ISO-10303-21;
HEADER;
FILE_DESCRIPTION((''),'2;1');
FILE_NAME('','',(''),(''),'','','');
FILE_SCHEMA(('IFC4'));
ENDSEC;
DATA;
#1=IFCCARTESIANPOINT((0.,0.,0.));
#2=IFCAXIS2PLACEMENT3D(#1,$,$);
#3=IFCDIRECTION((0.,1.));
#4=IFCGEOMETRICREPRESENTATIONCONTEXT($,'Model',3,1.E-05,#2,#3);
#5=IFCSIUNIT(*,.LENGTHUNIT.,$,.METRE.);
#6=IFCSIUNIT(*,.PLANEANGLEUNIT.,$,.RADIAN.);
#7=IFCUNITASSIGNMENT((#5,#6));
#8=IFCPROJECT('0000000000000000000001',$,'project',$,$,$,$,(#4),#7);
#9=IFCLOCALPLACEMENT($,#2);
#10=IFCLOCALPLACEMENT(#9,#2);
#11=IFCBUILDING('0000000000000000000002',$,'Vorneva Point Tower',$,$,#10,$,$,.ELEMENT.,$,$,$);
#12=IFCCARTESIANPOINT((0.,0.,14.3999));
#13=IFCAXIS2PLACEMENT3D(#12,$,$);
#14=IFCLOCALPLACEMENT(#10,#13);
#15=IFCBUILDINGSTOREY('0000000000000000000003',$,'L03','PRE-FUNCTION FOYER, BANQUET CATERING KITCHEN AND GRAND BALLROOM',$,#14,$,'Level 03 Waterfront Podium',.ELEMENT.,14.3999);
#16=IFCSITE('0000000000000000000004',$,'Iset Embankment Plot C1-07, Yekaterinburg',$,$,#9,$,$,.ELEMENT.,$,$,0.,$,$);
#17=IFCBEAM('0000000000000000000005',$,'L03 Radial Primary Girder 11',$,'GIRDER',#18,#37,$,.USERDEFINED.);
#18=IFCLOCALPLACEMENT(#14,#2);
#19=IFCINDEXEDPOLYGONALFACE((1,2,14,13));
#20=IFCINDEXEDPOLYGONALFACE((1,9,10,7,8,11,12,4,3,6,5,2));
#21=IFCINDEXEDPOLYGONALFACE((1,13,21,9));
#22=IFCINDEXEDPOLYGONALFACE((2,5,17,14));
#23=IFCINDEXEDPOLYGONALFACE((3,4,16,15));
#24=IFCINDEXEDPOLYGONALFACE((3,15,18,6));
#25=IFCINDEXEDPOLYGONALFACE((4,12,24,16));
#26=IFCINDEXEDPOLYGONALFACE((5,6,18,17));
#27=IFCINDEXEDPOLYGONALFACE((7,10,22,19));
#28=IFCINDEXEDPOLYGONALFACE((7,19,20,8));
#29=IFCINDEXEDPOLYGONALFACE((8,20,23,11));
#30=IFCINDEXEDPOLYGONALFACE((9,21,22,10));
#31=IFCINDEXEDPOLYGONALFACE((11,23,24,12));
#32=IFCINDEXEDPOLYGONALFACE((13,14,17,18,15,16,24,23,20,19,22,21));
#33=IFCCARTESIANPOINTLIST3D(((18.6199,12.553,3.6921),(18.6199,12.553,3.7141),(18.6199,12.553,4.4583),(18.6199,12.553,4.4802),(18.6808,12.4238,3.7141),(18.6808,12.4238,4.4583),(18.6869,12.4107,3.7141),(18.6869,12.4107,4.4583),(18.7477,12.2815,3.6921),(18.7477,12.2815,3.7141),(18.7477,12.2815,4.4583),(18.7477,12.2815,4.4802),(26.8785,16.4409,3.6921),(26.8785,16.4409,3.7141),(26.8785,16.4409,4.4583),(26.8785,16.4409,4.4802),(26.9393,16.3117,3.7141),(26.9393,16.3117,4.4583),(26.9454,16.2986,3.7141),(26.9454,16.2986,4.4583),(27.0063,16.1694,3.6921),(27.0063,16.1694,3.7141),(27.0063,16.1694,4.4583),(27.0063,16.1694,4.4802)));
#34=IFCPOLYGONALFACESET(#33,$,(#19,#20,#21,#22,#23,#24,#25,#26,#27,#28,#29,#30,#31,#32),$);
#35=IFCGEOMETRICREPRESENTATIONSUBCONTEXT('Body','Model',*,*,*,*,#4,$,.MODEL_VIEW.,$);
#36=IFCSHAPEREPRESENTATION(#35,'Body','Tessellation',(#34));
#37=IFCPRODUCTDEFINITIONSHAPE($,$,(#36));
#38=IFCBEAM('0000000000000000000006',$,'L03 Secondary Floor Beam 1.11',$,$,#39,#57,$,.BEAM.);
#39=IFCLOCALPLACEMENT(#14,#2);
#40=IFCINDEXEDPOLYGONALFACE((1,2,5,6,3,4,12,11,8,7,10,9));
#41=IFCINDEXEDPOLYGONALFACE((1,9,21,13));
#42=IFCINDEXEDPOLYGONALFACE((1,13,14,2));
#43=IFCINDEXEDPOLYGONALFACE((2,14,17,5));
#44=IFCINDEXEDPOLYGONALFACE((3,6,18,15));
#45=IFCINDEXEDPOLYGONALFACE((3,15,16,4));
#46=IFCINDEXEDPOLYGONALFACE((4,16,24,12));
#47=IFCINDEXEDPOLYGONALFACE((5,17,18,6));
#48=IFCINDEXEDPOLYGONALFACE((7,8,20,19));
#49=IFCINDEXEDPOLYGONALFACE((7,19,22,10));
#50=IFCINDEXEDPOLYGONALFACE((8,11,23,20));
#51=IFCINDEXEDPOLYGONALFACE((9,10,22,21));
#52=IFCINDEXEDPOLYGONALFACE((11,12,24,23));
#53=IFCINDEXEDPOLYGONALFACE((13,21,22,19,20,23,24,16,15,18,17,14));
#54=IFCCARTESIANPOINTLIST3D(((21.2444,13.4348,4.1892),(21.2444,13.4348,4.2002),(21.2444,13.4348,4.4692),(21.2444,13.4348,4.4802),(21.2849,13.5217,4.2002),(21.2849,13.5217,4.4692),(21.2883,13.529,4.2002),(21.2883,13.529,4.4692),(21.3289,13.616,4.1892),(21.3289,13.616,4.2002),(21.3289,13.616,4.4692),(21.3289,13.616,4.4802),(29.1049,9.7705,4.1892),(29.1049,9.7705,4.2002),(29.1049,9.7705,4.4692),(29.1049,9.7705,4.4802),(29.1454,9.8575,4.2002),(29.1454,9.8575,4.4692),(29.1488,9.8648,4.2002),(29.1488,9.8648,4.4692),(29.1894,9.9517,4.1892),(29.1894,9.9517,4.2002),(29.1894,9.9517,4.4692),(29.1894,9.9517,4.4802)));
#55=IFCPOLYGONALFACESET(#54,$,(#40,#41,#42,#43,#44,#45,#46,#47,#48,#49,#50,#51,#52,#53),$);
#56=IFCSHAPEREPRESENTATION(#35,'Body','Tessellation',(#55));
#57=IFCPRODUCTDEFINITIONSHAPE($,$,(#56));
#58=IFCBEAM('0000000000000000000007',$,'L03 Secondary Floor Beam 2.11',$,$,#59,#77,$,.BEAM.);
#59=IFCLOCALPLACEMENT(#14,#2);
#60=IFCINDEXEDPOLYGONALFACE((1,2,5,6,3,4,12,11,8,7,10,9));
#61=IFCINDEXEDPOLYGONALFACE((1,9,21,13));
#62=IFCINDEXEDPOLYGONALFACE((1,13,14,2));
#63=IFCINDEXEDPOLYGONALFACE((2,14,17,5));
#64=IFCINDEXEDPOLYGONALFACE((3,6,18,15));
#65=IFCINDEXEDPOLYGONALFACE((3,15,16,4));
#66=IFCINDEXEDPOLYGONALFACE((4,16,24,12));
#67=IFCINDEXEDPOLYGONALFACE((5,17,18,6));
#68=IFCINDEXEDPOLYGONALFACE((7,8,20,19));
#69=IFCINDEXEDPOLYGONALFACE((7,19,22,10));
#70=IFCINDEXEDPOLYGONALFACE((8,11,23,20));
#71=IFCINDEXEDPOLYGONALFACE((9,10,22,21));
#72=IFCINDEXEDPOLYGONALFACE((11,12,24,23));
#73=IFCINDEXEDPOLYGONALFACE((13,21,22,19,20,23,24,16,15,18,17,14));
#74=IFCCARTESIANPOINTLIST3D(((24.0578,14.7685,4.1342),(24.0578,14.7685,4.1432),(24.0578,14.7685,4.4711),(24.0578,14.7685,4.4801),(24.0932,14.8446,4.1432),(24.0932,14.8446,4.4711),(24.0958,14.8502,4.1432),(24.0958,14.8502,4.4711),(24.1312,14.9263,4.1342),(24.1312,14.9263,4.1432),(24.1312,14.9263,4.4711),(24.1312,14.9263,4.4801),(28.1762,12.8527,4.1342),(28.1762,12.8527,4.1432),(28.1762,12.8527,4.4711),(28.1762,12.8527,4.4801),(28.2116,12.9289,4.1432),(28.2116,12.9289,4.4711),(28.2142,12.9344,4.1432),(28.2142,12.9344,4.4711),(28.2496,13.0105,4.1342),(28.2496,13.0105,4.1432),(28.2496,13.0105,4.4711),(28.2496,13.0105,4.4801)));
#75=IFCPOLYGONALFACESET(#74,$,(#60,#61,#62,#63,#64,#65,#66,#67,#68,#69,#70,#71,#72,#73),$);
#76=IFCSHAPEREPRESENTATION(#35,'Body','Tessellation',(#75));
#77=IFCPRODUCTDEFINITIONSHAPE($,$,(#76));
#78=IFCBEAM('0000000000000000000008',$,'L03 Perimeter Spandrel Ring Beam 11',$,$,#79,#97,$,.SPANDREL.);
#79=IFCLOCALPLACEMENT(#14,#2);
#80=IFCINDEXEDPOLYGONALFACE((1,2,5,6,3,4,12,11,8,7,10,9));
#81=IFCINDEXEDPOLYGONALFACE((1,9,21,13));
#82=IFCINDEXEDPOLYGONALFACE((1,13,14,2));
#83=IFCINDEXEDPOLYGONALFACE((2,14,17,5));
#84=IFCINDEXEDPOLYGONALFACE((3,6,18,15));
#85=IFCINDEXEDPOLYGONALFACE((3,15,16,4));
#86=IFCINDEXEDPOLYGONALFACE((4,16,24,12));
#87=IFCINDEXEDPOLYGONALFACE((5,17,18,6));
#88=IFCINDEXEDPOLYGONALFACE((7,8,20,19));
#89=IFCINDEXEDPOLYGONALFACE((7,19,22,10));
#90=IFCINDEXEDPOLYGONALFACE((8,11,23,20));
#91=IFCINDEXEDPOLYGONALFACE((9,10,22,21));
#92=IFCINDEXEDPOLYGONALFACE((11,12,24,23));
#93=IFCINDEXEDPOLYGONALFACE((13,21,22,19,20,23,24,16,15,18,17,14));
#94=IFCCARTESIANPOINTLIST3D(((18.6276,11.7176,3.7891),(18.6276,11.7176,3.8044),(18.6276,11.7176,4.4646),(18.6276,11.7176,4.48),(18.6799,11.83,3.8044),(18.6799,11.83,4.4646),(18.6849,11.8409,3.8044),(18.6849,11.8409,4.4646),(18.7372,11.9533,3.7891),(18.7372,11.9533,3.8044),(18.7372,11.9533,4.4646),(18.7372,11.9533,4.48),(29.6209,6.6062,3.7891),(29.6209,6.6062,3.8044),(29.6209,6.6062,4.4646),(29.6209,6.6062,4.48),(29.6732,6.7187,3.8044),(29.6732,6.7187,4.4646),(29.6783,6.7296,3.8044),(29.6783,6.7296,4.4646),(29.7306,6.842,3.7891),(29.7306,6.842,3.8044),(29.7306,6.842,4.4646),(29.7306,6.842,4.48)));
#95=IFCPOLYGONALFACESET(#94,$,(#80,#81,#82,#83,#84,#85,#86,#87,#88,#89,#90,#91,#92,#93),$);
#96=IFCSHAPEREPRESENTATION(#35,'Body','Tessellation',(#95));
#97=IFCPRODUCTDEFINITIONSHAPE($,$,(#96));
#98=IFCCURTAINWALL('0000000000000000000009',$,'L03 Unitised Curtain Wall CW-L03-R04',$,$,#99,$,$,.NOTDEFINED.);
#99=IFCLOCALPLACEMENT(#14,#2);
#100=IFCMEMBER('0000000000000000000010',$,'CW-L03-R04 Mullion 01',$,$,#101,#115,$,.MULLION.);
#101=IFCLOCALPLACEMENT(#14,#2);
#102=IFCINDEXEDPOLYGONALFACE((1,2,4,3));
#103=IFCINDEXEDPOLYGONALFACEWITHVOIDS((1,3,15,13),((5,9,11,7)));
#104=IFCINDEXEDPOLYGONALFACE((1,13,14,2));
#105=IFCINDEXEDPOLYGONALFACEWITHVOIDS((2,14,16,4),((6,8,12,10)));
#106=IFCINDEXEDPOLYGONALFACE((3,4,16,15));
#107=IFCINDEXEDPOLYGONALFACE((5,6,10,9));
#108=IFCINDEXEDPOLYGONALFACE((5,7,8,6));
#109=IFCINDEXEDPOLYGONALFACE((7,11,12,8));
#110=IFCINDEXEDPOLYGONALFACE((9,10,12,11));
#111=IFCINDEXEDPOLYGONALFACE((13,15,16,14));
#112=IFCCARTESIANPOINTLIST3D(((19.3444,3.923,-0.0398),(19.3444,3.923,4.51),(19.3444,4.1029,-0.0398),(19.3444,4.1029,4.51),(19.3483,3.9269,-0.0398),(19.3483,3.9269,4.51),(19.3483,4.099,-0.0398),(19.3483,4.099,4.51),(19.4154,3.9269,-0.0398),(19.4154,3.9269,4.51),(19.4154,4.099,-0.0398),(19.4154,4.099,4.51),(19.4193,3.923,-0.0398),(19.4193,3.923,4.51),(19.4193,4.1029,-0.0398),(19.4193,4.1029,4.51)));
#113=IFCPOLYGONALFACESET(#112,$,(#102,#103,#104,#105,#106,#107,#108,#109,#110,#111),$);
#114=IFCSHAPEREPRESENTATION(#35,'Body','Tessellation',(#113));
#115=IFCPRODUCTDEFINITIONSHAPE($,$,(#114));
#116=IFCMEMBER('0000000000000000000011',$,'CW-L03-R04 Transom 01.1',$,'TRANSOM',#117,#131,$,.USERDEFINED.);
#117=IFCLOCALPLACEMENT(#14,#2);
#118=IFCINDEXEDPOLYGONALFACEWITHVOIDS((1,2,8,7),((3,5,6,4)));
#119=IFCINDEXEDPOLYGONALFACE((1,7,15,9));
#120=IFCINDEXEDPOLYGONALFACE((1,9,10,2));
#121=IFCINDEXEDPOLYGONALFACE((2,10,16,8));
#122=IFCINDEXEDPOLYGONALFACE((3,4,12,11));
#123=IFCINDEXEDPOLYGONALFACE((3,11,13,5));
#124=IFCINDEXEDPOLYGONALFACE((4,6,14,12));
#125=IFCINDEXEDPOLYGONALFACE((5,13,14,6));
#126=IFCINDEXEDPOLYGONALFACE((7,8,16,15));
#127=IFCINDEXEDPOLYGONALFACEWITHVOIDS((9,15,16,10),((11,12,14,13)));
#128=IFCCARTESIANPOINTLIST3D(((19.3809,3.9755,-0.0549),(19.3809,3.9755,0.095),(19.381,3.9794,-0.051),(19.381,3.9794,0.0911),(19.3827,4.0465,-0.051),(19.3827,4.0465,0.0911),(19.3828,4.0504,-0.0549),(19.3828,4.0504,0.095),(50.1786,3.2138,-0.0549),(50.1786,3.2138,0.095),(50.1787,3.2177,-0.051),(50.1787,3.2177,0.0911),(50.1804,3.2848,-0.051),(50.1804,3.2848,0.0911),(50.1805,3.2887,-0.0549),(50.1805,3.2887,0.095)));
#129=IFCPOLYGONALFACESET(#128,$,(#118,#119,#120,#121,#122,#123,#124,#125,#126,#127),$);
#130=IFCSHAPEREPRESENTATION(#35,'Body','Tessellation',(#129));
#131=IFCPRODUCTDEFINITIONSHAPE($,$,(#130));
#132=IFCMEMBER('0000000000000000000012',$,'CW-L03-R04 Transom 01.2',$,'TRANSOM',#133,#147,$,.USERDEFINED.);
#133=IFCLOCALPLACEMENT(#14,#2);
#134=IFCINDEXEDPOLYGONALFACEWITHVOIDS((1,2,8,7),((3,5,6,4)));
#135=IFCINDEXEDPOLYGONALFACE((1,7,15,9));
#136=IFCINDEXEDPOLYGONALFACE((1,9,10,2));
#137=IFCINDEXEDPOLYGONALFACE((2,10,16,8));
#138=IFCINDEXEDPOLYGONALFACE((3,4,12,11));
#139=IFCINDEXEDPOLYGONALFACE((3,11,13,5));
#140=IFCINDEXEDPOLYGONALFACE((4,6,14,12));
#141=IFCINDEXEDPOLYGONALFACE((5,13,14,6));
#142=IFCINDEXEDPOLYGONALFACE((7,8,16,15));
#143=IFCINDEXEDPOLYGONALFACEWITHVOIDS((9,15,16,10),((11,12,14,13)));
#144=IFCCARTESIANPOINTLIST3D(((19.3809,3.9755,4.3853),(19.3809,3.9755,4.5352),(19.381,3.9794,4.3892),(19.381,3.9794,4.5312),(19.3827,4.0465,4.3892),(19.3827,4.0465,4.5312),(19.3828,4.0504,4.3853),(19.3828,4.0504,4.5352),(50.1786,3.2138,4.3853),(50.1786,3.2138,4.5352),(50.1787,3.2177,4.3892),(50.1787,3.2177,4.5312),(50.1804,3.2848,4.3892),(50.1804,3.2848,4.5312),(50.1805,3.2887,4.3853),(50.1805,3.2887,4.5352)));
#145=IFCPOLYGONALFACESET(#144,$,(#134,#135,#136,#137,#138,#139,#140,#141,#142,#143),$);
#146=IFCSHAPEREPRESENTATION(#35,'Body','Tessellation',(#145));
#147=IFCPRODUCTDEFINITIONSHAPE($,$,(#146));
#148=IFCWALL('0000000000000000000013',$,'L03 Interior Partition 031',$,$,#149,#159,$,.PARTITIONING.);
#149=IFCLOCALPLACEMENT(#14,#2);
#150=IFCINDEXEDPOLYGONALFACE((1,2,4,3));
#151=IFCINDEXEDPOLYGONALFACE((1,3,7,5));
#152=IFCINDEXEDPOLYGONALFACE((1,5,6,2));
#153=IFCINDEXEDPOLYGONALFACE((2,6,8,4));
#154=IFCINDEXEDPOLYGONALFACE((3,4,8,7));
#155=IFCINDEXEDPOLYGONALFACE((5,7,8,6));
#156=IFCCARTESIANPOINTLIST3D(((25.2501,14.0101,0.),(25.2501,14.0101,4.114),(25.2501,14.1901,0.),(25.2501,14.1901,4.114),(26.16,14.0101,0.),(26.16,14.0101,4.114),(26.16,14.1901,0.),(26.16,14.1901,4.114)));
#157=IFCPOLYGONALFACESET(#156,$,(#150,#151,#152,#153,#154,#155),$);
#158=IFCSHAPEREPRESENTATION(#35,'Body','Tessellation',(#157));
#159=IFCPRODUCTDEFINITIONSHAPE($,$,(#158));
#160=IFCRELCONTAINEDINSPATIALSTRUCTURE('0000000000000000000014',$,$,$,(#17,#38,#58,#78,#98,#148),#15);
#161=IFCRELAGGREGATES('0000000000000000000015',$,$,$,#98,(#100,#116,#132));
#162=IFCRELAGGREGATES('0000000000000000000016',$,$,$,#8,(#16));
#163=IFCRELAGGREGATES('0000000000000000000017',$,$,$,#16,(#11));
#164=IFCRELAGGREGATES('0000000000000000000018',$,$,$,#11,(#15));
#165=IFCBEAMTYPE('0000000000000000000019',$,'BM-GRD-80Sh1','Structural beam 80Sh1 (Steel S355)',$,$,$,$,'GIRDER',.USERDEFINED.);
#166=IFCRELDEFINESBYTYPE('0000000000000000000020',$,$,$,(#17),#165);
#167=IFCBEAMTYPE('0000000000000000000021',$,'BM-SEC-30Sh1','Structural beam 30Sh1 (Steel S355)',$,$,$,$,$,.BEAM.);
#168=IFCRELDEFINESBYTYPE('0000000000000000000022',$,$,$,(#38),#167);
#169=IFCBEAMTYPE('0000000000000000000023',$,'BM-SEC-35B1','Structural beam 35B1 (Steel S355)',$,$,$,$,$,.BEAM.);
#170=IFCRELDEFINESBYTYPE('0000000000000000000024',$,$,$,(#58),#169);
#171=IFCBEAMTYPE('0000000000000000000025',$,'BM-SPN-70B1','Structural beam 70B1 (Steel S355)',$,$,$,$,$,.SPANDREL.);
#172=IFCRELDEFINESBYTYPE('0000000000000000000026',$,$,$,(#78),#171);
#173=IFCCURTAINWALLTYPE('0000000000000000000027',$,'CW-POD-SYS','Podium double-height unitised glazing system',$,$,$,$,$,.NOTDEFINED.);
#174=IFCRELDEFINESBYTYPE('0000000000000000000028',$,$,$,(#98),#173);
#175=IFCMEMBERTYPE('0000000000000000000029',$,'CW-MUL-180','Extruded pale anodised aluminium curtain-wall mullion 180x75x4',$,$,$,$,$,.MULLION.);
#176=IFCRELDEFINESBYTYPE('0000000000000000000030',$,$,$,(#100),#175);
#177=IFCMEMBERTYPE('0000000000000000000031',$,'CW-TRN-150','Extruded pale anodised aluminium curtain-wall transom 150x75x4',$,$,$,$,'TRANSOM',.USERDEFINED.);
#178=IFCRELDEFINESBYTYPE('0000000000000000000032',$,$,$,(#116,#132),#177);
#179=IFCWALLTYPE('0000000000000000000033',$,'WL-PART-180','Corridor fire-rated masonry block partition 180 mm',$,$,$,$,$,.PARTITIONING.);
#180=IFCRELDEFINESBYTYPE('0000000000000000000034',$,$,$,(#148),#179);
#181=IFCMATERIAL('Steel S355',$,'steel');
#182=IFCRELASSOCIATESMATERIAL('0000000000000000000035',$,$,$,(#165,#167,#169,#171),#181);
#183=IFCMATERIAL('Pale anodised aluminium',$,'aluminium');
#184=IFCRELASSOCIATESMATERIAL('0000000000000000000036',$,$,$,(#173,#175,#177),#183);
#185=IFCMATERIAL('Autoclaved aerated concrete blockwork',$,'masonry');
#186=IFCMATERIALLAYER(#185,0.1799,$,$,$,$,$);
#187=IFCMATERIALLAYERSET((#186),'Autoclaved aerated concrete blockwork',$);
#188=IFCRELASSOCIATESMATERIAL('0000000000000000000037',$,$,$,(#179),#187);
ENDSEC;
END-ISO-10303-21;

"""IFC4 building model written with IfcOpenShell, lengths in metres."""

from ifc_helpers import new_model, si_unit, direction, frame, frame_2d, origin, origin_2d, place, context, subcontext, project, spatial, rectangle, hollow_rectangle, i_section, extrude, material, layer, layer_set, material_profile, profile_set, type_object, element, aggregate, save


model = new_model("IFC4")

# Units and contexts
model_context = context("Model", 3, precision=1e-05, world=origin(), true_north=direction((0.0, 1.0)))
body_context = subcontext(model_context, "Body", "Model", "MODEL_VIEW")
ifc_project = project(units=[si_unit("LENGTHUNIT", "METRE"), si_unit("PLANEANGLEUNIT", "RADIAN")], contexts=[model_context])

# Site, building, storey
site_placement = place(None, origin())
site = spatial("IfcSite", under=ifc_project, at=site_placement, Name="Iset Embankment Plot C1-07, Yekaterinburg", CompositionType="ELEMENT", RefElevation=0.0)
building_placement = place(site_placement, origin())
building = spatial("IfcBuilding", under=site, at=building_placement, Name="Vorneva Point Tower", CompositionType="ELEMENT")
storey_placement = place(building_placement, frame((0.0, 0.0, 14.3999)))
storey = spatial("IfcBuildingStorey", under=building, at=storey_placement, Name="L03", Description="PRE-FUNCTION FOYER, BANQUET CATERING KITCHEN AND GRAND BALLROOM", LongName="Level 03 Waterfront Podium", CompositionType="ELEMENT", Elevation=14.3999)

# Beams
ifc_material_1 = material(Name="Steel S355", Category="steel")
ifc_material_profile_1 = material_profile(ifc_material_1, i_section(OverallWidth=0.3, OverallDepth=0.7881, WebThickness=0.0144, FlangeThickness=0.022, at=origin_2d()), Name="80Sh1")
ifc_profile_set_1 = profile_set([ifc_material_profile_1], Name="Steel S355")
beam_type_1 = type_object("IfcBeamType", Name="BM-GRD-80Sh1", Description="Structural beam 80Sh1 (Steel S355)", ElementType="GIRDER", PredefinedType="USERDEFINED", material=ifc_profile_set_1)
beam_1_placement = place(storey_placement, frame((18.6838, 12.4172, 4.0862), z_axis=(0.904753, 0.425937, 0.0), x_axis=(-0.425937, 0.904753, 0.0)))
element("IfcBeam", 1, at=beam_1_placement, inside=storey, type_object=beam_type_1, Name="L03 Radial Primary Girder 11", ObjectType="GIRDER", PredefinedType="USERDEFINED", context=body_context, shape_type="SweptSolid", body=[
    extrude(i_section(OverallWidth=0.3, OverallDepth=0.7881, WebThickness=0.0144, FlangeThickness=0.022, at=origin_2d()), origin(), (0.0, 0.0, 1.0), 9.1279),
])
ifc_material_profile_2 = material_profile(ifc_material_1, i_section(OverallWidth=0.2, OverallDepth=0.291, WebThickness=0.0081, FlangeThickness=0.011, at=origin_2d()), Name="30Sh1")
ifc_profile_set_2 = profile_set([ifc_material_profile_2], Name="Steel S355")
beam_type_2 = type_object("IfcBeamType", Name="BM-SEC-30Sh1", Description="Structural beam 30Sh1 (Steel S355)", PredefinedType="BEAM", material=ifc_profile_set_2)
beam_2_placement = place(storey_placement, frame((21.2866, 13.5254, 4.3347), z_axis=(0.906359, -0.422509, 0.0), x_axis=(0.422509, 0.906359, 0.0)))
element("IfcBeam", 2, at=beam_2_placement, inside=storey, type_object=beam_type_2, Name="L03 Secondary Floor Beam 1.11", PredefinedType="BEAM", context=body_context, shape_type="SweptSolid", body=[
    extrude(i_section(OverallWidth=0.2, OverallDepth=0.291, WebThickness=0.0081, FlangeThickness=0.011, at=origin_2d()), origin(), (0.0, 0.0, 1.0), 8.6726),
])
ifc_material_profile_3 = material_profile(ifc_material_1, i_section(OverallWidth=0.1741, OverallDepth=0.3459, WebThickness=0.0061, FlangeThickness=0.009, at=origin_2d()), Name="35B1")
ifc_profile_set_3 = profile_set([ifc_material_profile_3], Name="Steel S355")
beam_type_3 = type_object("IfcBeamType", Name="BM-SEC-35B1", Description="Structural beam 35B1 (Steel S355)", PredefinedType="BEAM", material=ifc_profile_set_3)
beam_3_placement = place(storey_placement, frame((24.0945, 14.8474, 4.3071), z_axis=(0.906702, -0.421773, 0.0), x_axis=(0.421773, 0.906702, 0.0)))
element("IfcBeam", 3, at=beam_3_placement, inside=storey, type_object=beam_type_3, Name="L03 Secondary Floor Beam 2.11", PredefinedType="BEAM", context=body_context, shape_type="SweptSolid", body=[
    extrude(i_section(OverallWidth=0.1741, OverallDepth=0.3459, WebThickness=0.0061, FlangeThickness=0.009, at=origin_2d()), origin(), (0.0, 0.0, 1.0), 4.5422),
])
ifc_material_profile_4 = material_profile(ifc_material_1, i_section(OverallWidth=0.26, OverallDepth=0.6909, WebThickness=0.012, FlangeThickness=0.0154, at=origin_2d()), Name="70B1")
ifc_profile_set_4 = profile_set([ifc_material_profile_4], Name="Steel S355")
beam_type_4 = type_object("IfcBeamType", Name="BM-SPN-70B1", Description="Structural beam 70B1 (Steel S355)", PredefinedType="SPANDREL", material=ifc_profile_set_4)
beam_4_placement = place(storey_placement, frame((18.6824, 11.8354, 4.1345), z_axis=(0.906781, -0.421603, 0.0), x_axis=(0.421603, 0.906781, 0.0)))
element("IfcBeam", 4, at=beam_4_placement, inside=storey, type_object=beam_type_4, Name="L03 Perimeter Spandrel Ring Beam 11", PredefinedType="SPANDREL", context=body_context, shape_type="SweptSolid", body=[
    extrude(i_section(OverallWidth=0.26, OverallDepth=0.6909, WebThickness=0.012, FlangeThickness=0.0154, at=origin_2d()), origin(), (0.0, 0.0, 1.0), 12.1235),
])

# Curtain wall, members
ifc_material_2 = material(Name="Pale anodised aluminium", Category="aluminium")
curtain_wall_type = type_object("IfcCurtainWallType", Name="CW-POD-SYS", Description="Podium double-height unitised glazing system", PredefinedType="NOTDEFINED", material=ifc_material_2)
curtain_wall_placement = place(storey_placement, origin())
curtain_wall = element("IfcCurtainWall", 5, at=curtain_wall_placement, inside=storey, type_object=curtain_wall_type, Name="L03 Unitised Curtain Wall CW-L03-R04", PredefinedType="NOTDEFINED")
ifc_material_profile_5 = material_profile(ifc_material_2, hollow_rectangle(XDim=0.075, YDim=0.1799, WallThickness=0.0039, at=origin_2d()), Name="AL-MUL 180x75x4")
ifc_profile_set_5 = profile_set([ifc_material_profile_5], Name="Pale anodised aluminium")
member_type_1 = type_object("IfcMemberType", Name="CW-MUL-180", Description="Extruded pale anodised aluminium curtain-wall mullion 180x75x4", PredefinedType="MULLION", material=ifc_profile_set_5)
member_1_placement = place(storey_placement, frame((19.3818, 4.0129, -0.0398), z_axis=(0.0, 0.0, 1.0), x_axis=(1.0, 0.0, 0.0)))
member_1 = element("IfcMember", 6, at=member_1_placement, type_object=member_type_1, Name="CW-L03-R04 Mullion 01", PredefinedType="MULLION", context=body_context, shape_type="SweptSolid", body=[
    extrude(hollow_rectangle(XDim=0.075, YDim=0.1799, WallThickness=0.0039, at=origin_2d()), origin(), (0.0, 0.0, 1.0), 4.5498),
])
ifc_material_profile_6 = material_profile(ifc_material_2, hollow_rectangle(XDim=0.075, YDim=0.1499, WallThickness=0.0039, at=origin_2d()), Name="AL-TRN 150x75x4")
ifc_profile_set_6 = profile_set([ifc_material_profile_6], Name="Pale anodised aluminium")
member_type_2 = type_object("IfcMemberType", Name="CW-TRN-150", Description="Extruded pale anodised aluminium curtain-wall transom 150x75x4", ElementType="TRANSOM", PredefinedType="USERDEFINED", material=ifc_profile_set_6)
member_2_placement = place(storey_placement, frame((19.3818, 4.0129, 0.02), z_axis=(0.999694, -0.024725, 0.0), x_axis=(0.024725, 0.999694, 0.0)))
member_2 = element("IfcMember", 7, at=member_2_placement, type_object=member_type_2, Name="CW-L03-R04 Transom 01.1", ObjectType="TRANSOM", PredefinedType="USERDEFINED", context=body_context, shape_type="SweptSolid", body=[
    extrude(hollow_rectangle(XDim=0.075, YDim=0.1499, WallThickness=0.0039, at=origin_2d()), origin(), (0.0, 0.0, 1.0), 30.8071),
])
member_3_placement = place(storey_placement, frame((19.3818, 4.0129, 4.4602), z_axis=(0.999694, -0.024725, 0.0), x_axis=(0.024725, 0.999694, 0.0)))
member_3 = element("IfcMember", 8, at=member_3_placement, type_object=member_type_2, Name="CW-L03-R04 Transom 01.2", ObjectType="TRANSOM", PredefinedType="USERDEFINED", context=body_context, shape_type="SweptSolid", body=[
    extrude(hollow_rectangle(XDim=0.075, YDim=0.1499, WallThickness=0.0039, at=origin_2d()), origin(), (0.0, 0.0, 1.0), 30.8071),
])
aggregate(curtain_wall, [member_1, member_2, member_3])

# Wall
ifc_material_3 = material(Name="Autoclaved aerated concrete blockwork", Category="masonry")
ifc_layer_1 = layer(ifc_material_3, 0.1799)
ifc_layer_set_1 = layer_set([ifc_layer_1], Name="Autoclaved aerated concrete blockwork")
wall_type_1 = type_object("IfcWallType", Name="WL-PART-180", Description="Corridor fire-rated masonry block partition 180 mm", PredefinedType="PARTITIONING", material=ifc_layer_set_1)
wall_1_placement = place(storey_placement, frame((25.25, 14.1001, 0.0), z_axis=(0.0, 0.0, 1.0), x_axis=(1.0, 0.0, 0.0)))
element("IfcWall", 9, at=wall_1_placement, inside=storey, type_object=wall_type_1, Name="L03 Interior Partition 031", PredefinedType="PARTITIONING", context=body_context, shape_type="SweptSolid", body=[
    extrude(rectangle(XDim=0.9099, YDim=0.1799, at=frame_2d((0.4551, 0.0))), origin(), (0.0, 0.0, 1.0), 4.114),
])

save(model, "model.ifc")
